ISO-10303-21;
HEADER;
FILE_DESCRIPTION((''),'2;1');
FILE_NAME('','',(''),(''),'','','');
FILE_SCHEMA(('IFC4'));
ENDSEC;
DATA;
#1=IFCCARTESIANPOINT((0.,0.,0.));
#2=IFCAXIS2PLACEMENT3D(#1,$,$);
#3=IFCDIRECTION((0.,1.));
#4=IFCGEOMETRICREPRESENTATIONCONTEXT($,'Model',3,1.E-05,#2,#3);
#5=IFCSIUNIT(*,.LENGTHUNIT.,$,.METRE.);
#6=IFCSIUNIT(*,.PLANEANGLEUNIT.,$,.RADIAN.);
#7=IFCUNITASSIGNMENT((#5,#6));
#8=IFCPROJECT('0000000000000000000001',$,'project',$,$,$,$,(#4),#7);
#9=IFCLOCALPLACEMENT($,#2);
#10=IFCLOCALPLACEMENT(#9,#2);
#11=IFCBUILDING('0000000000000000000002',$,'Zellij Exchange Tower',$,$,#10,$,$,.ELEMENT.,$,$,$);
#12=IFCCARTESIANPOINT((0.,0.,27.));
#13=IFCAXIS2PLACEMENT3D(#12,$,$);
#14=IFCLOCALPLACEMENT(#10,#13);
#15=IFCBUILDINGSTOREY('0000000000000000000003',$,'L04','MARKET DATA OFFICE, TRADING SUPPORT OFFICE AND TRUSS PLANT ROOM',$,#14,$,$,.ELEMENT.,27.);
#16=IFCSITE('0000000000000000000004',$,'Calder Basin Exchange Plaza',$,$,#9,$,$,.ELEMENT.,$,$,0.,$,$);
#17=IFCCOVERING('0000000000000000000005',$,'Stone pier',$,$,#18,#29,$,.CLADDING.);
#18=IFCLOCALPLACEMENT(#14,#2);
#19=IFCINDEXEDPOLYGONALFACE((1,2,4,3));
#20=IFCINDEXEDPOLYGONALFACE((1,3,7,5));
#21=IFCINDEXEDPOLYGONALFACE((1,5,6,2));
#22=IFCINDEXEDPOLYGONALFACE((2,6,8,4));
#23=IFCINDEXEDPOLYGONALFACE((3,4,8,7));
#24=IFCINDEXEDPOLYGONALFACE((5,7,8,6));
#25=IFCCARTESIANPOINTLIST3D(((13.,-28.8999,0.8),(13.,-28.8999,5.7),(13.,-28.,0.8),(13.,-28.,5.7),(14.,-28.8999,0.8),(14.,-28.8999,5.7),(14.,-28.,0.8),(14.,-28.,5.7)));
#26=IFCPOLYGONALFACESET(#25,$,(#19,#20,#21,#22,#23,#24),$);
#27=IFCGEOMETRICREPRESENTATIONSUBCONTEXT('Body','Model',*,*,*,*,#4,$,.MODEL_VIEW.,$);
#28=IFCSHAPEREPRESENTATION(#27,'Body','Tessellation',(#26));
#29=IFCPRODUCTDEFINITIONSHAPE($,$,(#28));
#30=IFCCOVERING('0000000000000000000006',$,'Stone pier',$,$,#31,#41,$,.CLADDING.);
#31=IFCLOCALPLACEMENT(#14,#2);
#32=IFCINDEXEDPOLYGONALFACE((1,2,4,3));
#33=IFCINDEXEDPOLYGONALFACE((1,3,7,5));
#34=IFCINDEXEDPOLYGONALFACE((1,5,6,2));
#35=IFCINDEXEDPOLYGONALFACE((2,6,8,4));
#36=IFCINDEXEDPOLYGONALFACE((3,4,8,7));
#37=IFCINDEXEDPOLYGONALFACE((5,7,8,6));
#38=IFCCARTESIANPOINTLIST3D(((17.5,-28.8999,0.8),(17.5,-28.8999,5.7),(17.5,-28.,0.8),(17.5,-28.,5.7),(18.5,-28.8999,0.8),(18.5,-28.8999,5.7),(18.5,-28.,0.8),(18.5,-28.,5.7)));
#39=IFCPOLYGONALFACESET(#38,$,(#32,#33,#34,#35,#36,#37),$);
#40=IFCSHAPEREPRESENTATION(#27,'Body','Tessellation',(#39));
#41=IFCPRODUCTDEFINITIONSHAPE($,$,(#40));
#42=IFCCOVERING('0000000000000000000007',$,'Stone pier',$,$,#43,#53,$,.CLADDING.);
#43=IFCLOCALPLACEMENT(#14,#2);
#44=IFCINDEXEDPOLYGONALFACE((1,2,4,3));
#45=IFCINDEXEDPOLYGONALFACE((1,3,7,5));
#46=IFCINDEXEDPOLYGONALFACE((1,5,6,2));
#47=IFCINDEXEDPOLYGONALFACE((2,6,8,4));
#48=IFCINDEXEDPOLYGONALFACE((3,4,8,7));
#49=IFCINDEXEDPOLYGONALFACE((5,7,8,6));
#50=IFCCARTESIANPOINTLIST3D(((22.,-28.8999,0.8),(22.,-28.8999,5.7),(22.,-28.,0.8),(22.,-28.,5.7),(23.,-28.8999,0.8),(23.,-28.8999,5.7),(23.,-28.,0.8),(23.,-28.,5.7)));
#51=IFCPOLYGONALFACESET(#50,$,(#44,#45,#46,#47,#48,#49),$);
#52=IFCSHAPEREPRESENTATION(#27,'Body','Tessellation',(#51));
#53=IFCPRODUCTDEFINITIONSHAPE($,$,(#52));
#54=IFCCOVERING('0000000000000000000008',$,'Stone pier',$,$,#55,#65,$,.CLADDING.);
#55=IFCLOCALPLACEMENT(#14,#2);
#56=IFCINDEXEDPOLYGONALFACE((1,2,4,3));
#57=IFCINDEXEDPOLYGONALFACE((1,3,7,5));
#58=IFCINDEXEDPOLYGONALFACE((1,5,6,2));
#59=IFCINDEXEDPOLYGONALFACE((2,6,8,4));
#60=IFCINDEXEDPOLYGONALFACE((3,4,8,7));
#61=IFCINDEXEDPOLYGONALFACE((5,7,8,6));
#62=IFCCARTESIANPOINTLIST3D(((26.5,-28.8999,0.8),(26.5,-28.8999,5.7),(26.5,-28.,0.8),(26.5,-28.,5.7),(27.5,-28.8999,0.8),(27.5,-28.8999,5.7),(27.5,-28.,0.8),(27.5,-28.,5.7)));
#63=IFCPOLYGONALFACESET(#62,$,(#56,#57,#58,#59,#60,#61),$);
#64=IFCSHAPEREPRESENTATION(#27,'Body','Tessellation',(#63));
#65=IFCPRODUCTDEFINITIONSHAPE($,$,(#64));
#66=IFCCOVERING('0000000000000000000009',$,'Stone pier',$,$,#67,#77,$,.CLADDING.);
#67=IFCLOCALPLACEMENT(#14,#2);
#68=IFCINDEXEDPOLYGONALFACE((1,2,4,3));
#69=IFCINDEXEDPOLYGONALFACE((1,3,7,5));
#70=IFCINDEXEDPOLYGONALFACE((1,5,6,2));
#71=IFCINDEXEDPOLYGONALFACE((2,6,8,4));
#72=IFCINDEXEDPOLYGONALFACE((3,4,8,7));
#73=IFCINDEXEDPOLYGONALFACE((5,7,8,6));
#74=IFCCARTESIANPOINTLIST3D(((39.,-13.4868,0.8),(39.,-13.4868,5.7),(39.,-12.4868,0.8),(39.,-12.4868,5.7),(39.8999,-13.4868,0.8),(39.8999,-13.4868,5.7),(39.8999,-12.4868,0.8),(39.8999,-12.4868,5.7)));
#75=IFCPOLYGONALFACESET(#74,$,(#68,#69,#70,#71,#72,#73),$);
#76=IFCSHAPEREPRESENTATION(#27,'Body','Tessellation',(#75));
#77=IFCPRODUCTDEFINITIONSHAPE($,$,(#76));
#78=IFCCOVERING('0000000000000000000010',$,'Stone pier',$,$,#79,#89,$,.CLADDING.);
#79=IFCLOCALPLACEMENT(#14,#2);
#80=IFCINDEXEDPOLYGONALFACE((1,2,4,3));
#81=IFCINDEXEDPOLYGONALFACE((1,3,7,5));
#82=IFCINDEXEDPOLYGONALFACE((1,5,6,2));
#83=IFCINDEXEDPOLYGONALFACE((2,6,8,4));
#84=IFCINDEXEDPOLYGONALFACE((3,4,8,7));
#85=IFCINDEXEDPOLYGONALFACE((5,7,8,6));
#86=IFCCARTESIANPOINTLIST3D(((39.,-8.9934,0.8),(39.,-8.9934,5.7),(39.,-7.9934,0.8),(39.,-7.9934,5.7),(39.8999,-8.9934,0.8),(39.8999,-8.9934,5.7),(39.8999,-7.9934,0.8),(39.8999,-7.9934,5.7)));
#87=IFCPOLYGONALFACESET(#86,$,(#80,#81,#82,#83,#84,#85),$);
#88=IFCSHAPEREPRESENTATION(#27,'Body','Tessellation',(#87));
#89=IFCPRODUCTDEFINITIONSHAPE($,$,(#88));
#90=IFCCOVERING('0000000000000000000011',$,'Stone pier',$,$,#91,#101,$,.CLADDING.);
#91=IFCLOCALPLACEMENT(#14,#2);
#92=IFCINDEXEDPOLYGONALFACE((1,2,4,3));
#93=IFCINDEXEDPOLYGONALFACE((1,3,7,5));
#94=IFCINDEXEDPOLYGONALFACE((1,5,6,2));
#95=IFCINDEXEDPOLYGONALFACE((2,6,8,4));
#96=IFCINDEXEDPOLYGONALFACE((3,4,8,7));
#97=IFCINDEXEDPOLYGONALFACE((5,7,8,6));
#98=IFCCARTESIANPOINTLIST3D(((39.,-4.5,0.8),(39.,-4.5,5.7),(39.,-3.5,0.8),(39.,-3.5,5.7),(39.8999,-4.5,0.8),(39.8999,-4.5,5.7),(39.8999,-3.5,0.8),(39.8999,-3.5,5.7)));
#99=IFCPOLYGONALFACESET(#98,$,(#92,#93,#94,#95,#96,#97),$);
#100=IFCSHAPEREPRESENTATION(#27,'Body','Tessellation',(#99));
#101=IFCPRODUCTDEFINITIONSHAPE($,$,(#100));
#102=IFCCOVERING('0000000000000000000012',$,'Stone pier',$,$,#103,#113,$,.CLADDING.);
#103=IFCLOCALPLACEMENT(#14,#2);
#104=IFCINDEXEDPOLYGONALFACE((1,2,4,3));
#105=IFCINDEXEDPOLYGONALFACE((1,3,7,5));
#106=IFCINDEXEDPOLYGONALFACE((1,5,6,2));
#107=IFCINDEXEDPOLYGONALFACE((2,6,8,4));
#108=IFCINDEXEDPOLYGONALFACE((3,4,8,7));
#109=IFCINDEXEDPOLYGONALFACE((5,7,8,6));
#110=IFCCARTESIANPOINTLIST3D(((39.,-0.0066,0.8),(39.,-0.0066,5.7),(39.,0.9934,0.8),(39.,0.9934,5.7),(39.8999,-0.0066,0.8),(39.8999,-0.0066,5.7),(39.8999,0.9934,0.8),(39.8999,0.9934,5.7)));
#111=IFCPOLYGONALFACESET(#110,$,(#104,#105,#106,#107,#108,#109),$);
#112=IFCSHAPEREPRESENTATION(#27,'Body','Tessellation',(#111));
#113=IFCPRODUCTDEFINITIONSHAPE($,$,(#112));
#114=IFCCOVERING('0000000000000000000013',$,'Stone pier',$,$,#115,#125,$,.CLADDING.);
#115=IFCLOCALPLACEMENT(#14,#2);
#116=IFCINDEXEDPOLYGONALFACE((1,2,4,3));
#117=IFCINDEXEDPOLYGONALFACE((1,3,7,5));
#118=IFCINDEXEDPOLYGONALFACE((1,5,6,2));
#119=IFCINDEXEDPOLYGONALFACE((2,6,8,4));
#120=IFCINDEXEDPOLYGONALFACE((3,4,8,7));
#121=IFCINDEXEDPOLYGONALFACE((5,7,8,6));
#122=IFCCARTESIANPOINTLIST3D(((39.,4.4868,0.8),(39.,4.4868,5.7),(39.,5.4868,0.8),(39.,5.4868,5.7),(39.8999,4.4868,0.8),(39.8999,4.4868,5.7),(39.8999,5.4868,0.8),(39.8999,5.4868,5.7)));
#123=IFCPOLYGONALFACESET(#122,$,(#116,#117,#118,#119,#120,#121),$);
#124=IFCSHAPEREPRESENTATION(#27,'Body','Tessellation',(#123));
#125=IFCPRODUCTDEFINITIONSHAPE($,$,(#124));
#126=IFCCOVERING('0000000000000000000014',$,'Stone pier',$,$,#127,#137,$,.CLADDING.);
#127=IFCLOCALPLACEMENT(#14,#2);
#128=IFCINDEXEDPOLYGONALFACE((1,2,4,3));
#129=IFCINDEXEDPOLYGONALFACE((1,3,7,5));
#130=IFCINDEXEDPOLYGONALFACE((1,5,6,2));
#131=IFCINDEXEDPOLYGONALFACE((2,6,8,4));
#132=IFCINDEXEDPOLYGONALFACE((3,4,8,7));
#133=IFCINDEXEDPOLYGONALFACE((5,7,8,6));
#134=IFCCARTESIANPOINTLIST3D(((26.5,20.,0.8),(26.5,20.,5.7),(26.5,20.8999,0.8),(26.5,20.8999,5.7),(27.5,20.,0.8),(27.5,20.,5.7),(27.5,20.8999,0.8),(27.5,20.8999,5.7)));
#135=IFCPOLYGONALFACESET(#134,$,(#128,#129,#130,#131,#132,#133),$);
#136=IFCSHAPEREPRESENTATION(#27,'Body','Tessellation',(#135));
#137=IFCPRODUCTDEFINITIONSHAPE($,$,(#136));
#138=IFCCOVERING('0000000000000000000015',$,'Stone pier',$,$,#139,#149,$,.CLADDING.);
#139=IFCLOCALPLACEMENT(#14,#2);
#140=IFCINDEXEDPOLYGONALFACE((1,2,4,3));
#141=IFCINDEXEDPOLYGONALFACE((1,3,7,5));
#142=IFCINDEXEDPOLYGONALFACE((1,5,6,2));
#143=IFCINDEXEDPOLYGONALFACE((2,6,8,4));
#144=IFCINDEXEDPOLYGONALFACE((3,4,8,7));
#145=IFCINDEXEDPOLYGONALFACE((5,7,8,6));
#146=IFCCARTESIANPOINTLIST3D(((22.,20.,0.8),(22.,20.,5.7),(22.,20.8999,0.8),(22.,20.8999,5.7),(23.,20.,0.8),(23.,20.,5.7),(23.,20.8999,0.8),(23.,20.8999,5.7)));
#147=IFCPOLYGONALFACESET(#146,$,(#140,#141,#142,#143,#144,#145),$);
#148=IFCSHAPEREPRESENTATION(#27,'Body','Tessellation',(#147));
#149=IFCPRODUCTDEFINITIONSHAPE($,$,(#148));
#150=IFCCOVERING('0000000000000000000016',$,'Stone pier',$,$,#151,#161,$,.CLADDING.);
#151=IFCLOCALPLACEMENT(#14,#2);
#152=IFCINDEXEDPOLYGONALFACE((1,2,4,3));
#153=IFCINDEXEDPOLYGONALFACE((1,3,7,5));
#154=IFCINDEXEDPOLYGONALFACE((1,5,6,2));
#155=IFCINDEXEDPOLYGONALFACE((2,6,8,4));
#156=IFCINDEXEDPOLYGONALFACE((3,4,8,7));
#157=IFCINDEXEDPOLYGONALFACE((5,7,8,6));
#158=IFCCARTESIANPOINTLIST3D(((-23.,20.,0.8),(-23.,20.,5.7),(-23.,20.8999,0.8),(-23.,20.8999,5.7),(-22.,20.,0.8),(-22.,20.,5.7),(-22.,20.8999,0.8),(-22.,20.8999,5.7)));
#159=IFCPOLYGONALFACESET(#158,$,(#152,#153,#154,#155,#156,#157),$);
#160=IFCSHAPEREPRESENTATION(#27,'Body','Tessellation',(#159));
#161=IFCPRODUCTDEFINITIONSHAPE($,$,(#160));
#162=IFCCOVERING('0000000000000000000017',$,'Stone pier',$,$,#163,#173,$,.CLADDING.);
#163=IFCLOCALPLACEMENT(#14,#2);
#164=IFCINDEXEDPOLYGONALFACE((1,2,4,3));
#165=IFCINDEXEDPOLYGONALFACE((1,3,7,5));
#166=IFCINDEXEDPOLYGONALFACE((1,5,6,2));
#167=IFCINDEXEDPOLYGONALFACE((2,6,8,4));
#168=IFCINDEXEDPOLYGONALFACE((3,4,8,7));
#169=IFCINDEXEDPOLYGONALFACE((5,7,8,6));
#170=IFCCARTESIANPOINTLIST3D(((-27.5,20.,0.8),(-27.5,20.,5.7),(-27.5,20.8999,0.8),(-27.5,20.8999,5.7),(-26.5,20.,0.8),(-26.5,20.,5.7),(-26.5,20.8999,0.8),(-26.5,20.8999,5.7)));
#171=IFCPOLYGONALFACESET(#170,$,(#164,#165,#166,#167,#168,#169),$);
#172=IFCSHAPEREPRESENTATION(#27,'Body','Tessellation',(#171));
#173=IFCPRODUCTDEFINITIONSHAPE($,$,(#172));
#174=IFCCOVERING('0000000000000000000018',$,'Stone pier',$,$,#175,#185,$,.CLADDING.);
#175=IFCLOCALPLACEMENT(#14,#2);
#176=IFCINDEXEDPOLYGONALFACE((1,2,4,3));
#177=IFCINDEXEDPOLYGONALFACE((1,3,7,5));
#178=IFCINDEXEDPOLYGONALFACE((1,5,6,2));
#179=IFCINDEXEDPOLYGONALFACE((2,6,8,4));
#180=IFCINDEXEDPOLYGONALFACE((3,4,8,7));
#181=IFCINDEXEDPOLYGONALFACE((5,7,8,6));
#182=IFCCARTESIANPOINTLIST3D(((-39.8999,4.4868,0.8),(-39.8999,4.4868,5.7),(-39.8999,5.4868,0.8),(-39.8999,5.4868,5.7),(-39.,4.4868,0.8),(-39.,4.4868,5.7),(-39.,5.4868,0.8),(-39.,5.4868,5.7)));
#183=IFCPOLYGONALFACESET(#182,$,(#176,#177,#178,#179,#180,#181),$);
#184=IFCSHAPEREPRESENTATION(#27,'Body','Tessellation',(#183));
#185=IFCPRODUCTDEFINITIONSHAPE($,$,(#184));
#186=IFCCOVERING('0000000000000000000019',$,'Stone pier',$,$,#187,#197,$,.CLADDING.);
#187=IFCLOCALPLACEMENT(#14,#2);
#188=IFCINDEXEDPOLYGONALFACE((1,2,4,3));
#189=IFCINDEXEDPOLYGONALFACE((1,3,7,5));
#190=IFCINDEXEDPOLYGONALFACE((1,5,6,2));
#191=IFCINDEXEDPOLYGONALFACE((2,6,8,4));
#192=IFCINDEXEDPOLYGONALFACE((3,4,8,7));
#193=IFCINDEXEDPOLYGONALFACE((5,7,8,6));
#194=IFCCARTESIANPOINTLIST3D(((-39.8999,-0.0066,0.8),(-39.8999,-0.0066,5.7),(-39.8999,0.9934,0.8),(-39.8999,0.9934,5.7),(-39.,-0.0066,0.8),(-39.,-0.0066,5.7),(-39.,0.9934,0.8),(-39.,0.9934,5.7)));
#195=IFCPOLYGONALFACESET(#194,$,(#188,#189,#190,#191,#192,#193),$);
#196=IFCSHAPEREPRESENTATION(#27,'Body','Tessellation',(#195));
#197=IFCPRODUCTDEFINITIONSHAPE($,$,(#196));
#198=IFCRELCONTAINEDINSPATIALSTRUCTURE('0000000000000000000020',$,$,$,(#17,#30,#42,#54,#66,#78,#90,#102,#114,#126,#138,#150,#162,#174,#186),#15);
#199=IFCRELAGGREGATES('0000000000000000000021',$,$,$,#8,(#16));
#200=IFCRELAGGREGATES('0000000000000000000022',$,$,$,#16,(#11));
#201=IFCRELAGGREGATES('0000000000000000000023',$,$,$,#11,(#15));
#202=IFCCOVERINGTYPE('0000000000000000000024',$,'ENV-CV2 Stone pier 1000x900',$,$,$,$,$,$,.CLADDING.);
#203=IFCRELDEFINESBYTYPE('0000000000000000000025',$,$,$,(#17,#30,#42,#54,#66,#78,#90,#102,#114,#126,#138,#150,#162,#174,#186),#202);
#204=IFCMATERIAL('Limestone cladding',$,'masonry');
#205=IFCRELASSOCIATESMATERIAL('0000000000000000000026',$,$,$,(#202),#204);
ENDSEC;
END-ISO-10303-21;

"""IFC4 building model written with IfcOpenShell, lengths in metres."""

from ifc_helpers import new_model, si_unit, direction, frame, origin, place, context, subcontext, project, spatial, polyline, outline, extrude, material, type_object, element, save


model = new_model("IFC4")

# Units and contexts
model_context = context("Model", 3, precision=1e-05, world=origin(), true_north=direction((0.0, 1.0)))
body_context = subcontext(model_context, "Body", "Model", "MODEL_VIEW")
ifc_project = project(units=[si_unit("LENGTHUNIT", "METRE"), si_unit("PLANEANGLEUNIT", "RADIAN")], contexts=[model_context])

# Site, building, storey
site_placement = place(None, origin())
site = spatial("IfcSite", under=ifc_project, at=site_placement, Name="Calder Basin Exchange Plaza", CompositionType="ELEMENT", RefElevation=0.0)
building_placement = place(site_placement, origin())
building = spatial("IfcBuilding", under=site, at=building_placement, Name="Zellij Exchange Tower", CompositionType="ELEMENT")
storey_placement = place(building_placement, frame((0.0, 0.0, 27.0)))
storey = spatial("IfcBuildingStorey", under=building, at=storey_placement, Name="L04", Description="MARKET DATA OFFICE, TRADING SUPPORT OFFICE AND TRUSS PLANT ROOM", CompositionType="ELEMENT", Elevation=27.0)

# Coverings
ifc_material_1 = material(Name="Limestone cladding", Category="masonry")
covering_type_1 = type_object("IfcCoveringType", Name="ENV-CV2 Stone pier 1000x900", PredefinedType="CLADDING", material=ifc_material_1)
covering_1_placement = place(storey_placement, frame((0.0, 0.0, 0.8)))
element("IfcCovering", 1, at=covering_1_placement, inside=storey, type_object=covering_type_1, Name="Stone pier", PredefinedType="CLADDING", context=body_context, shape_type="SweptSolid", body=[
    extrude(outline(polyline([(13.0, -28.0), (14.0, -28.0), (14.0, -28.8999), (13.0, -28.8999), (13.0, -28.0)])), origin(), (0.0, 0.0, 1.0), 4.8999),
])
covering_2_placement = place(storey_placement, frame((0.0, 0.0, 0.8)))
element("IfcCovering", 2, at=covering_2_placement, inside=storey, type_object=covering_type_1, Name="Stone pier", PredefinedType="CLADDING", context=body_context, shape_type="SweptSolid", body=[
    extrude(outline(polyline([(17.5, -28.0), (18.5, -28.0), (18.5, -28.8999), (17.5, -28.8999), (17.5, -28.0)])), origin(), (0.0, 0.0, 1.0), 4.8999),
])
covering_3_placement = place(storey_placement, frame((0.0, 0.0, 0.8)))
element("IfcCovering", 3, at=covering_3_placement, inside=storey, type_object=covering_type_1, Name="Stone pier", PredefinedType="CLADDING", context=body_context, shape_type="SweptSolid", body=[
    extrude(outline(polyline([(22.0, -28.0), (23.0, -28.0), (23.0, -28.8999), (22.0, -28.8999), (22.0, -28.0)])), origin(), (0.0, 0.0, 1.0), 4.8999),
])
covering_4_placement = place(storey_placement, frame((0.0, 0.0, 0.8)))
element("IfcCovering", 4, at=covering_4_placement, inside=storey, type_object=covering_type_1, Name="Stone pier", PredefinedType="CLADDING", context=body_context, shape_type="SweptSolid", body=[
    extrude(outline(polyline([(26.5, -28.0), (27.5, -28.0), (27.5, -28.8999), (26.5, -28.8999), (26.5, -28.0)])), origin(), (0.0, 0.0, 1.0), 4.8999),
])
covering_5_placement = place(storey_placement, frame((0.0, 0.0, 0.8)))
element("IfcCovering", 5, at=covering_5_placement, inside=storey, type_object=covering_type_1, Name="Stone pier", PredefinedType="CLADDING", context=body_context, shape_type="SweptSolid", body=[
    extrude(outline(polyline([(39.0, -13.4868), (39.0, -12.4868), (39.8999, -12.4868), (39.8999, -13.4868), (39.0, -13.4868)])), origin(), (0.0, 0.0, 1.0), 4.8999),
])
covering_6_placement = place(storey_placement, frame((0.0, 0.0, 0.8)))
element("IfcCovering", 6, at=covering_6_placement, inside=storey, type_object=covering_type_1, Name="Stone pier", PredefinedType="CLADDING", context=body_context, shape_type="SweptSolid", body=[
    extrude(outline(polyline([(39.0, -8.9934), (39.0, -7.9934), (39.8999, -7.9934), (39.8999, -8.9934), (39.0, -8.9934)])), origin(), (0.0, 0.0, 1.0), 4.8999),
])
covering_7_placement = place(storey_placement, frame((0.0, 0.0, 0.8)))
element("IfcCovering", 7, at=covering_7_placement, inside=storey, type_object=covering_type_1, Name="Stone pier", PredefinedType="CLADDING", context=body_context, shape_type="SweptSolid", body=[
    extrude(outline(polyline([(39.0, -4.5), (39.0, -3.5), (39.8999, -3.5), (39.8999, -4.5), (39.0, -4.5)])), origin(), (0.0, 0.0, 1.0), 4.8999),
])
covering_8_placement = place(storey_placement, frame((0.0, 0.0, 0.8)))
element("IfcCovering", 8, at=covering_8_placement, inside=storey, type_object=covering_type_1, Name="Stone pier", PredefinedType="CLADDING", context=body_context, shape_type="SweptSolid", body=[
    extrude(outline(polyline([(39.0, -0.0066), (39.0, 0.9934), (39.8999, 0.9934), (39.8999, -0.0066), (39.0, -0.0066)])), origin(), (0.0, 0.0, 1.0), 4.8999),
])
covering_9_placement = place(storey_placement, frame((0.0, 0.0, 0.8)))
element("IfcCovering", 9, at=covering_9_placement, inside=storey, type_object=covering_type_1, Name="Stone pier", PredefinedType="CLADDING", context=body_context, shape_type="SweptSolid", body=[
    extrude(outline(polyline([(39.0, 4.4868), (39.0, 5.4868), (39.8999, 5.4868), (39.8999, 4.4868), (39.0, 4.4868)])), origin(), (0.0, 0.0, 1.0), 4.8999),
])
covering_10_placement = place(storey_placement, frame((0.0, 0.0, 0.8)))
element("IfcCovering", 10, at=covering_10_placement, inside=storey, type_object=covering_type_1, Name="Stone pier", PredefinedType="CLADDING", context=body_context, shape_type="SweptSolid", body=[
    extrude(outline(polyline([(27.5, 20.0), (26.5, 20.0), (26.5, 20.8999), (27.5, 20.8999), (27.5, 20.0)])), origin(), (0.0, 0.0, 1.0), 4.8999),
])
covering_11_placement = place(storey_placement, frame((0.0, 0.0, 0.8)))
element("IfcCovering", 11, at=covering_11_placement, inside=storey, type_object=covering_type_1, Name="Stone pier", PredefinedType="CLADDING", context=body_context, shape_type="SweptSolid", body=[
    extrude(outline(polyline([(23.0, 20.0), (22.0, 20.0), (22.0, 20.8999), (23.0, 20.8999), (23.0, 20.0)])), origin(), (0.0, 0.0, 1.0), 4.8999),
])
covering_12_placement = place(storey_placement, frame((0.0, 0.0, 0.8)))
element("IfcCovering", 12, at=covering_12_placement, inside=storey, type_object=covering_type_1, Name="Stone pier", PredefinedType="CLADDING", context=body_context, shape_type="SweptSolid", body=[
    extrude(outline(polyline([(-22.0, 20.0), (-23.0, 20.0), (-23.0, 20.8999), (-22.0, 20.8999), (-22.0, 20.0)])), origin(), (0.0, 0.0, 1.0), 4.8999),
])
covering_13_placement = place(storey_placement, frame((0.0, 0.0, 0.8)))
element("IfcCovering", 13, at=covering_13_placement, inside=storey, type_object=covering_type_1, Name="Stone pier", PredefinedType="CLADDING", context=body_context, shape_type="SweptSolid", body=[
    extrude(outline(polyline([(-26.5, 20.0), (-27.5, 20.0), (-27.5, 20.8999), (-26.5, 20.8999), (-26.5, 20.0)])), origin(), (0.0, 0.0, 1.0), 4.8999),
])
covering_14_placement = place(storey_placement, frame((0.0, 0.0, 0.8)))
element("IfcCovering", 14, at=covering_14_placement, inside=storey, type_object=covering_type_1, Name="Stone pier", PredefinedType="CLADDING", context=body_context, shape_type="SweptSolid", body=[
    extrude(outline(polyline([(-39.0, 5.4868), (-39.0, 4.4868), (-39.8999, 4.4868), (-39.8999, 5.4868), (-39.0, 5.4868)])), origin(), (0.0, 0.0, 1.0), 4.8999),
])
covering_15_placement = place(storey_placement, frame((0.0, 0.0, 0.8)))
element("IfcCovering", 15, at=covering_15_placement, inside=storey, type_object=covering_type_1, Name="Stone pier", PredefinedType="CLADDING", context=body_context, shape_type="SweptSolid", body=[
    extrude(outline(polyline([(-39.0, 0.9934), (-39.0, -0.0066), (-39.8999, -0.0066), (-39.8999, 0.9934), (-39.0, 0.9934)])), origin(), (0.0, 0.0, 1.0), 4.8999),
])

save(model, "model.ifc")
